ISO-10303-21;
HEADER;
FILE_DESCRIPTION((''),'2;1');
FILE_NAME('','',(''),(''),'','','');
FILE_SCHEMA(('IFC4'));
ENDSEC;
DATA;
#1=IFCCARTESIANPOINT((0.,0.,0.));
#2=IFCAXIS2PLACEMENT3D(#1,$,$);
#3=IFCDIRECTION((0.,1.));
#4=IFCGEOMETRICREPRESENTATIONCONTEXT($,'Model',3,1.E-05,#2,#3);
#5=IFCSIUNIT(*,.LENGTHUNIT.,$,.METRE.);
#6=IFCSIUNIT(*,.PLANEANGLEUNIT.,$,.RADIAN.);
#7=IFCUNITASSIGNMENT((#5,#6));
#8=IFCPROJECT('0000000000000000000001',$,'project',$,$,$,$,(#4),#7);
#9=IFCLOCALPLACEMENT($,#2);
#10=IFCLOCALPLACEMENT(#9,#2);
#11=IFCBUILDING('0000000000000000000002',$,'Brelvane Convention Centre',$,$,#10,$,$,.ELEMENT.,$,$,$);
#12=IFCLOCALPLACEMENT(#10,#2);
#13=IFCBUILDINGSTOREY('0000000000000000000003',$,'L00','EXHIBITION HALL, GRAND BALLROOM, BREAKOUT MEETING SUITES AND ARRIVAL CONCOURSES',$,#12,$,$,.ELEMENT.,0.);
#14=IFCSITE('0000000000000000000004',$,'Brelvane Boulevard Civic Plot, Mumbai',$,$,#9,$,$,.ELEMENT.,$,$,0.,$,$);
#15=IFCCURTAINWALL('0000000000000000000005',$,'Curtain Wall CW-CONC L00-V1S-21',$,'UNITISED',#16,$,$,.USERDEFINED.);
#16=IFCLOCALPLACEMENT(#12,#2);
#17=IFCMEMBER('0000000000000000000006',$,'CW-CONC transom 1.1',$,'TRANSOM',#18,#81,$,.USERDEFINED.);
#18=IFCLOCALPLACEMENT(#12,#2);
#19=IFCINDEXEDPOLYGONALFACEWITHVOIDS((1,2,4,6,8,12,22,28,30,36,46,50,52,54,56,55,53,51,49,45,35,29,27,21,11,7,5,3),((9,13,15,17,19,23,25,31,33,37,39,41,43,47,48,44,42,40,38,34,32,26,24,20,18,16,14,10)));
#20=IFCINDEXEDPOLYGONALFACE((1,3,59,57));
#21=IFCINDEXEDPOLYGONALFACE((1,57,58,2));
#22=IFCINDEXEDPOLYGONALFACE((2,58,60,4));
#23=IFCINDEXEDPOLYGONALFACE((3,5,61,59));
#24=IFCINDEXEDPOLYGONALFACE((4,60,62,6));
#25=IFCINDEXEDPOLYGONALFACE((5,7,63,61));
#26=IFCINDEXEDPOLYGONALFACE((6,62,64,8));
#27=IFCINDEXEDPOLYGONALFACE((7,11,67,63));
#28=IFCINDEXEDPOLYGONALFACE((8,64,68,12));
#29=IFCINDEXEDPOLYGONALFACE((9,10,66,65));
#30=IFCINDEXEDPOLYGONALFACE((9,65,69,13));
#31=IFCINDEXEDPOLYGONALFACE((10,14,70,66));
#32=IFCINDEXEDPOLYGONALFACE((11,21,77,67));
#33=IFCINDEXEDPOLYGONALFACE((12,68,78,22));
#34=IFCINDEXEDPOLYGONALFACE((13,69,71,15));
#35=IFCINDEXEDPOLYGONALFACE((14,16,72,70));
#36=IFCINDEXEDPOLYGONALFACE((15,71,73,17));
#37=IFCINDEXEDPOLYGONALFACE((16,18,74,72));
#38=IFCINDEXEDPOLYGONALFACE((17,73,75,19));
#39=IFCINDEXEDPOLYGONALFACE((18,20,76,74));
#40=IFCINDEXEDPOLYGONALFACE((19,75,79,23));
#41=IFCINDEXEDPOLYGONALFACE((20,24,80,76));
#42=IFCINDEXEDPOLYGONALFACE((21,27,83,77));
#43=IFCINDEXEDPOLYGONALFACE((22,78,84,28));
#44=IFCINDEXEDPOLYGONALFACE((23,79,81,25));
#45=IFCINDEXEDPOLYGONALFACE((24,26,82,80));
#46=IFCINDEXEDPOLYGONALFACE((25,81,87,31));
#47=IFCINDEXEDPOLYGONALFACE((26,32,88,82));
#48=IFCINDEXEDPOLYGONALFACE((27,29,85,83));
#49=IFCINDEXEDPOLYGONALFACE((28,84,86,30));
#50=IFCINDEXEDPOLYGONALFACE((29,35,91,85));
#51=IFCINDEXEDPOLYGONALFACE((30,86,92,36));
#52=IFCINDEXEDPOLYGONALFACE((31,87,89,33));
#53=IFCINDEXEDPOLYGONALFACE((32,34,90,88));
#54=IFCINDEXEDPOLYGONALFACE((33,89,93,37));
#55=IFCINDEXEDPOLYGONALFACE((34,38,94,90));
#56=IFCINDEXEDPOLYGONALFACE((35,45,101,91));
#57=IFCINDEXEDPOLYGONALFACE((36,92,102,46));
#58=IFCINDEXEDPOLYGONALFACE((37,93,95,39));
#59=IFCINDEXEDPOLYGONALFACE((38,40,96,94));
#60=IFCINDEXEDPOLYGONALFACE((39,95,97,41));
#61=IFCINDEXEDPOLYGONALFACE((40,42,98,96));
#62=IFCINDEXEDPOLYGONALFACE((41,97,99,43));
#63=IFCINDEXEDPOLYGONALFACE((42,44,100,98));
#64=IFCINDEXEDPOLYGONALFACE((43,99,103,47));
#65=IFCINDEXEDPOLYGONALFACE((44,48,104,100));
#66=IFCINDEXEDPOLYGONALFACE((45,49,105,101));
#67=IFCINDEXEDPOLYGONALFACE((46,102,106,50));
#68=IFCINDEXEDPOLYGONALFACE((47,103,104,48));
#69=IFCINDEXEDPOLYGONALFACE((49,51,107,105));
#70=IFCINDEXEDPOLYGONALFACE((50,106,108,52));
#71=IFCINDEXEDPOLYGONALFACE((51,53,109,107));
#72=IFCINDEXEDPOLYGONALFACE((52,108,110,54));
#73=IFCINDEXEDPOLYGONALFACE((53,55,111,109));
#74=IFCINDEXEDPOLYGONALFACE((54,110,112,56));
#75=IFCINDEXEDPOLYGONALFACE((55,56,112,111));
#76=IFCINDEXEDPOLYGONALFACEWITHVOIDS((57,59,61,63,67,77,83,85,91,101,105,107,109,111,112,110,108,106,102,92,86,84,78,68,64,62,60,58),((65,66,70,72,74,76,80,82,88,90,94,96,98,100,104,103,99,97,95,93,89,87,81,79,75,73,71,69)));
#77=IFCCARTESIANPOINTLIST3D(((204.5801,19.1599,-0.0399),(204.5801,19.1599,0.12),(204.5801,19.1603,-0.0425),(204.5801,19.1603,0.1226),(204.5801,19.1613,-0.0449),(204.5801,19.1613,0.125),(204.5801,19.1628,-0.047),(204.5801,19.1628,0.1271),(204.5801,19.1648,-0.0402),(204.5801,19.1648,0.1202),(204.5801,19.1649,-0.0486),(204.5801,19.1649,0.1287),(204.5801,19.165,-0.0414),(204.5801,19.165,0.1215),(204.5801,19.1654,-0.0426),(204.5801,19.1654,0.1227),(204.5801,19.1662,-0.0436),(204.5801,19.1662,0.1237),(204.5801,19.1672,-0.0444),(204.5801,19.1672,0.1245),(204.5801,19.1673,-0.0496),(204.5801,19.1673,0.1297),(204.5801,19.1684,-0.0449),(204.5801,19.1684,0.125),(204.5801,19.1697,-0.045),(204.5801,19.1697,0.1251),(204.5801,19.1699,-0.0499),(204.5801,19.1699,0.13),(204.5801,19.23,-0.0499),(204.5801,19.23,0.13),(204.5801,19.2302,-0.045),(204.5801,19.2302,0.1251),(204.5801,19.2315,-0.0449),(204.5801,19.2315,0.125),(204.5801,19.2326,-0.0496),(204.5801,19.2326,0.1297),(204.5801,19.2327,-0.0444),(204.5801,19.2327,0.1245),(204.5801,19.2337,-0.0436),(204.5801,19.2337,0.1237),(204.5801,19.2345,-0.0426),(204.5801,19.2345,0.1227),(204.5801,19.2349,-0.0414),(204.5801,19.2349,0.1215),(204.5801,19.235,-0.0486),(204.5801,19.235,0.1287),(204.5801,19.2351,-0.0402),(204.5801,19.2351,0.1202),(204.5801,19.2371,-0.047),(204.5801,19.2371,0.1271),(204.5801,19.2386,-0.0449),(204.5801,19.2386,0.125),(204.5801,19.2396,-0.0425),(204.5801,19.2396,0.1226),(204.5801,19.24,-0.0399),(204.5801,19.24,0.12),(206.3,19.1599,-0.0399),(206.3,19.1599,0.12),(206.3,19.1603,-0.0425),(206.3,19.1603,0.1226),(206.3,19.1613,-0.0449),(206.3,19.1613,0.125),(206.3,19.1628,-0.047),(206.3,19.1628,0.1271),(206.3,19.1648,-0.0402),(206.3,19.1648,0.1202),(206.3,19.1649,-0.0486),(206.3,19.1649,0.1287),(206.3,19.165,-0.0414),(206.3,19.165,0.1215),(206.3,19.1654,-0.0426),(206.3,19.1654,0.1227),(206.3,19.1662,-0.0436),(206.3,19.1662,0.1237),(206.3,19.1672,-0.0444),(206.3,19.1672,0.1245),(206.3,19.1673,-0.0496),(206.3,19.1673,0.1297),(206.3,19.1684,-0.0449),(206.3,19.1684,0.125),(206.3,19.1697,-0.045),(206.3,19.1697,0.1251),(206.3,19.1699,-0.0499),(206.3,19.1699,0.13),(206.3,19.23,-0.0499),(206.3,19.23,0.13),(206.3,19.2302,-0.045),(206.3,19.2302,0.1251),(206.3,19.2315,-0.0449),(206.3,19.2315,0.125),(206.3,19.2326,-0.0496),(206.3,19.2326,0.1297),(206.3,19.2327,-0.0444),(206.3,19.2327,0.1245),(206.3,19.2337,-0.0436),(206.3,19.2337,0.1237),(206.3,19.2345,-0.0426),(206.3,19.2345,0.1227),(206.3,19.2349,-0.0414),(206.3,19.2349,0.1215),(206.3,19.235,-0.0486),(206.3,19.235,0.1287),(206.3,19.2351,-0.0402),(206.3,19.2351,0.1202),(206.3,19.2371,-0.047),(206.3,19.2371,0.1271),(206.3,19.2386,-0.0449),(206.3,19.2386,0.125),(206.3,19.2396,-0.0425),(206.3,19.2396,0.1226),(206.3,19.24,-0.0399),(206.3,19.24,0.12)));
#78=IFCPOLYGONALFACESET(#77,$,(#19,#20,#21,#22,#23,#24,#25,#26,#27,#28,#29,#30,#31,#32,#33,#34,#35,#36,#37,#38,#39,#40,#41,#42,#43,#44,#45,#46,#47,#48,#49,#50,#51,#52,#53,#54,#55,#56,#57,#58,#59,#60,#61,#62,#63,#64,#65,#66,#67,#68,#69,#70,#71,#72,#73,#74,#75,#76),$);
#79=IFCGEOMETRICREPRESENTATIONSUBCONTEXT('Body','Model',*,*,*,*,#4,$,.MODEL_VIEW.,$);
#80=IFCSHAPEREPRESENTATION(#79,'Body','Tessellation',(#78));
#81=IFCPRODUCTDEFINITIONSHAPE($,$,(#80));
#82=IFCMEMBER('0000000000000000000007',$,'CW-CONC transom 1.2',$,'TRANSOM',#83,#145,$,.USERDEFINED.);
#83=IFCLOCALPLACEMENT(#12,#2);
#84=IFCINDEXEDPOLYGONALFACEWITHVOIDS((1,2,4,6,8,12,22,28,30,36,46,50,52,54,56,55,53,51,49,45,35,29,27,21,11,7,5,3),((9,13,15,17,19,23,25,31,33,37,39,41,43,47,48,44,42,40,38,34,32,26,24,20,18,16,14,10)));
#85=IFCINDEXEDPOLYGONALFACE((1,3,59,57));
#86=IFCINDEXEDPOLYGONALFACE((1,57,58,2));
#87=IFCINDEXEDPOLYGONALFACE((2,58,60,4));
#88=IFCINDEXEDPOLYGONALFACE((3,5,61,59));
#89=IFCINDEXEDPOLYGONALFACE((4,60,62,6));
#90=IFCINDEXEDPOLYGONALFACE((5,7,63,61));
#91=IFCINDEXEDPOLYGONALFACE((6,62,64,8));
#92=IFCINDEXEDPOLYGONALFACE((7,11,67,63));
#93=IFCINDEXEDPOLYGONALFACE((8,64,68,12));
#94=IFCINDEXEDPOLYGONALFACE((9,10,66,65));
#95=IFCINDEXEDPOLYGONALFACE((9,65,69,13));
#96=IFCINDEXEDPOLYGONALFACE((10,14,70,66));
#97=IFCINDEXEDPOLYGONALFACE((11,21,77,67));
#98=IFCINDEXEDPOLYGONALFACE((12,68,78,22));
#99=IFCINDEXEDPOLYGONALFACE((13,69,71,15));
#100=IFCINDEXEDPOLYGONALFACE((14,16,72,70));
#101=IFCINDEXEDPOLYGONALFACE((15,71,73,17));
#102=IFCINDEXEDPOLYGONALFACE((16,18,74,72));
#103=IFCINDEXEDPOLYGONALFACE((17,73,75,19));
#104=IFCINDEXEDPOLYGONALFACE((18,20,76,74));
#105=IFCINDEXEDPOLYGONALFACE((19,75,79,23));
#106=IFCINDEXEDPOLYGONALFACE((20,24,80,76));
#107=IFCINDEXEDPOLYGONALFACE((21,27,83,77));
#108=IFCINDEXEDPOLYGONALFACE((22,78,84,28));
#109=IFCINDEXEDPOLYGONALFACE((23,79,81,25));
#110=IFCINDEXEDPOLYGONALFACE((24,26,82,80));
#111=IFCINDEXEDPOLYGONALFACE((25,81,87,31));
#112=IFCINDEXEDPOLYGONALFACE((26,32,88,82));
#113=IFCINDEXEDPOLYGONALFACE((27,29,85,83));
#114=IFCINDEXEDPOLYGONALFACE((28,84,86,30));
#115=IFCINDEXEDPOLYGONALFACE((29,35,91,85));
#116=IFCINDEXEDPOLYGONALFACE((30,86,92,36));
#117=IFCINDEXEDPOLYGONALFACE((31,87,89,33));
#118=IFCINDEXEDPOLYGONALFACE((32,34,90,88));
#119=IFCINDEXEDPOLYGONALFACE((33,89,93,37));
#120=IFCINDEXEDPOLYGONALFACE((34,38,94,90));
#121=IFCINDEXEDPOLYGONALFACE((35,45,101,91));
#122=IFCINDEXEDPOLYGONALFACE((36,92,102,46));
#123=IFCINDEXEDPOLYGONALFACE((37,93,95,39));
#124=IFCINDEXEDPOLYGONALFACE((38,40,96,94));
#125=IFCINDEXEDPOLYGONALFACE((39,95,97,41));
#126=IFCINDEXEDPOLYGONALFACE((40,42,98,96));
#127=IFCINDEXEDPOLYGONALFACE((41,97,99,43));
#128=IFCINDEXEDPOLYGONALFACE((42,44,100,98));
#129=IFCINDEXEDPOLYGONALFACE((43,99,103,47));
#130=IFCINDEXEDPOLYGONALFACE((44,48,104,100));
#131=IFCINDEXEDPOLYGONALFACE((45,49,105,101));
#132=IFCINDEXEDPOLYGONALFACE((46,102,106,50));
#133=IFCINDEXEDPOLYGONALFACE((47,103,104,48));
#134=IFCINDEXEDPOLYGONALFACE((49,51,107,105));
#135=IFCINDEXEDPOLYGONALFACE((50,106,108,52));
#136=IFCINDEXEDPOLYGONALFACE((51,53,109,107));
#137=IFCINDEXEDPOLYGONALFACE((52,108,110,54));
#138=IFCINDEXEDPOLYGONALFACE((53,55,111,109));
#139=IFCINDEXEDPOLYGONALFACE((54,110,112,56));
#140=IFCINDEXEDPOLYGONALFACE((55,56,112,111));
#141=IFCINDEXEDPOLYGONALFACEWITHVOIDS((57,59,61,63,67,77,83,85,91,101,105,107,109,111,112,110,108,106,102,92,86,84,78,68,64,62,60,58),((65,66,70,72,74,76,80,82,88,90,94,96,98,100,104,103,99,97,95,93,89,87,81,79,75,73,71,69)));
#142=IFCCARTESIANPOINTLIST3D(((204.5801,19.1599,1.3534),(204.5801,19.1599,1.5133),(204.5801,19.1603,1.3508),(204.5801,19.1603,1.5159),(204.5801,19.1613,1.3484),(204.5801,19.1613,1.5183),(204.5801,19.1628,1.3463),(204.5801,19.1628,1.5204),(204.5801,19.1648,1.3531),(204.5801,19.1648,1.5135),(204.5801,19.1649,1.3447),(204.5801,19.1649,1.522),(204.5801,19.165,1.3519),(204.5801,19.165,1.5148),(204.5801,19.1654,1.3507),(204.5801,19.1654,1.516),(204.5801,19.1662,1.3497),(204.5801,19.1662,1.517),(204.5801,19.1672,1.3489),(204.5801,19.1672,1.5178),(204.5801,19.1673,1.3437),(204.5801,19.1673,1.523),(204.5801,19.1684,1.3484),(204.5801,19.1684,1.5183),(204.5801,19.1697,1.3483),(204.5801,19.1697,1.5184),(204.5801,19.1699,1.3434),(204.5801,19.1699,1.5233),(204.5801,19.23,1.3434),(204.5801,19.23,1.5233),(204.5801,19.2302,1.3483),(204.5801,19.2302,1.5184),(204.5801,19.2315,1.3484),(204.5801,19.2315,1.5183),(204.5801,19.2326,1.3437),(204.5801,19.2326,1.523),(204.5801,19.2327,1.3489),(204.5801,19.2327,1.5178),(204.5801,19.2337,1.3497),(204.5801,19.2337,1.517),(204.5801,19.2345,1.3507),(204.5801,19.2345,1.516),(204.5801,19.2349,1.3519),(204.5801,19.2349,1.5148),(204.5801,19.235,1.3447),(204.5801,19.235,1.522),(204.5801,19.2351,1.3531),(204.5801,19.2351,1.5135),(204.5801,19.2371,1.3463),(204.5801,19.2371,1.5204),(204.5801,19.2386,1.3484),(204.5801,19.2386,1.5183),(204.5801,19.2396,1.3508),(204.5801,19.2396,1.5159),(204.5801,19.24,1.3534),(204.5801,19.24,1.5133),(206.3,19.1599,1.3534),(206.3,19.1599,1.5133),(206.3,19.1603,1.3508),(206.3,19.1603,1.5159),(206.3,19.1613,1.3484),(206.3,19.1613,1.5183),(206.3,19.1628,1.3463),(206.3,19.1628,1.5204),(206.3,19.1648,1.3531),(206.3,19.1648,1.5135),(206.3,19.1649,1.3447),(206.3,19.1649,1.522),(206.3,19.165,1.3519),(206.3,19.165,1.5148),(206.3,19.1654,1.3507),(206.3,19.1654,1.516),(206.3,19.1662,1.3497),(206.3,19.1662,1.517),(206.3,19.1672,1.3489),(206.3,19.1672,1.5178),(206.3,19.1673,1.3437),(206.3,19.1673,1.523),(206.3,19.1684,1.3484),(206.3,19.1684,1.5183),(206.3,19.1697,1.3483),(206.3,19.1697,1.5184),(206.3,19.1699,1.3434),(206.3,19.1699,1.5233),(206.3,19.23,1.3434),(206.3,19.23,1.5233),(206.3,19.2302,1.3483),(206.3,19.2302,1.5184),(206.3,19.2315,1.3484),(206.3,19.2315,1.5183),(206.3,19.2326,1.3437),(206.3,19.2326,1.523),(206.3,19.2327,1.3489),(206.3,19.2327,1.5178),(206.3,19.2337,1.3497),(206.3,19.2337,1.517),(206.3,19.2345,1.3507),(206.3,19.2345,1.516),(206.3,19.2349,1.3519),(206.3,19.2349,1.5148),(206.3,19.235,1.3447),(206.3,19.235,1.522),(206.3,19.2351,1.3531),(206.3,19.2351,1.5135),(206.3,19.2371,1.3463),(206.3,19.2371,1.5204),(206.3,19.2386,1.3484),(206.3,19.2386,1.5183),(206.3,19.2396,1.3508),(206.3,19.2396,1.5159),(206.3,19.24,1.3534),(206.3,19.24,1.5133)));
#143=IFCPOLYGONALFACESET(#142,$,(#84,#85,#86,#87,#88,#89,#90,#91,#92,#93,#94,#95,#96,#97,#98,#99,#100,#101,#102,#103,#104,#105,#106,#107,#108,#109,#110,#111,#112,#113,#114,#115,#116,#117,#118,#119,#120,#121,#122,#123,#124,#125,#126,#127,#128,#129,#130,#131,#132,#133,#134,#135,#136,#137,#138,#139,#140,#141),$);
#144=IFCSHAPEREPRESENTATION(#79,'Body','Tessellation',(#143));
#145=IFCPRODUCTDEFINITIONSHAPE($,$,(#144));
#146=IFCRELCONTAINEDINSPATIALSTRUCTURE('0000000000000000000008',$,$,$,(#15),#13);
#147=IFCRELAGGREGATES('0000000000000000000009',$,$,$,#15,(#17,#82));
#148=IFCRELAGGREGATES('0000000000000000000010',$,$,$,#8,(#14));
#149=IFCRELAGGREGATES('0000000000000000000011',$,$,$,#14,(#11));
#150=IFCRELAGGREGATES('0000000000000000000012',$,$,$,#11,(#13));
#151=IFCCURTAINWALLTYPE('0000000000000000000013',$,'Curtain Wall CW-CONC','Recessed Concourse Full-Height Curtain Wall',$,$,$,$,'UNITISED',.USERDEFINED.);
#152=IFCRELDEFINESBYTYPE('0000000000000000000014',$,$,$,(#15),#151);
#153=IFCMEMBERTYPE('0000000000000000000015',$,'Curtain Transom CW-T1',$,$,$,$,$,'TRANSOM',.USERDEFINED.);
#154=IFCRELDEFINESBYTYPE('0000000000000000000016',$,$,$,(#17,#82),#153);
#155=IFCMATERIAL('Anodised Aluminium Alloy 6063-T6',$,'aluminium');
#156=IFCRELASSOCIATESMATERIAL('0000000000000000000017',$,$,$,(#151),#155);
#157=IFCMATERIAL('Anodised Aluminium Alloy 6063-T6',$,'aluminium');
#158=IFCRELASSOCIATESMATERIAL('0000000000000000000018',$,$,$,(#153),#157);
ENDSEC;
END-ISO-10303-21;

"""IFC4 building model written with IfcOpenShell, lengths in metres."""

from ifc_helpers import new_model, si_unit, direction, frame, origin, origin_2d, place, context, subcontext, project, spatial, hollow_rectangle, extrude, material, material_profile, profile_set, type_object, element, aggregate, save


model = new_model("IFC4")

# Units and contexts
model_context = context("Model", 3, precision=1e-05, world=origin(), true_north=direction((0.0, 1.0)))
body_context = subcontext(model_context, "Body", "Model", "MODEL_VIEW")
ifc_project = project(units=[si_unit("LENGTHUNIT", "METRE"), si_unit("PLANEANGLEUNIT", "RADIAN")], contexts=[model_context])

# Site, building, storey
site_placement = place(None, origin())
site = spatial("IfcSite", under=ifc_project, at=site_placement, Name="Brelvane Boulevard Civic Plot, Mumbai", CompositionType="ELEMENT", RefElevation=0.0)
building_placement = place(site_placement, origin())
building = spatial("IfcBuilding", under=site, at=building_placement, Name="Brelvane Convention Centre", CompositionType="ELEMENT")
storey_placement = place(building_placement, origin())
storey = spatial("IfcBuildingStorey", under=building, at=storey_placement, Name="L00", Description="EXHIBITION HALL, GRAND BALLROOM, BREAKOUT MEETING SUITES AND ARRIVAL CONCOURSES", CompositionType="ELEMENT", Elevation=0.0)

# Curtain wall, members
ifc_material_1 = material(Name="Anodised Aluminium Alloy 6063-T6", Category="aluminium")
curtain_wall_type = type_object("IfcCurtainWallType", Name="Curtain Wall CW-CONC", Description="Recessed Concourse Full-Height Curtain Wall", ElementType="UNITISED", PredefinedType="USERDEFINED", material=ifc_material_1)
curtain_wall_placement = place(storey_placement, origin())
curtain_wall = element("IfcCurtainWall", 1, at=curtain_wall_placement, inside=storey, type_object=curtain_wall_type, Name="Curtain Wall CW-CONC L00-V1S-21", ObjectType="UNITISED", PredefinedType="USERDEFINED")
ifc_material_2 = material(Name="Anodised Aluminium Alloy 6063-T6", Category="aluminium")
ifc_material_profile_1 = material_profile(ifc_material_2, hollow_rectangle(XDim=0.0801, YDim=0.1799, WallThickness=0.0049, InnerFilletRadius=0.0049, OuterFilletRadius=0.01, at=origin_2d()), Name="ALU-T 180x80x5.0")
ifc_profile_set_1 = profile_set([ifc_material_profile_1], Name="Anodised Aluminium Alloy 6063-T6")
member_type_1 = type_object("IfcMemberType", Name="Curtain Transom CW-T1", ElementType="TRANSOM", PredefinedType="USERDEFINED", material=ifc_profile_set_1)
member_1_placement = place(storey_placement, frame((204.5801, 19.2, 0.04), z_axis=(1.0, 0.0, 0.0), x_axis=(0.0, 1.0, 0.0)))
member_1 = element("IfcMember", 2, at=member_1_placement, type_object=member_type_1, Name="CW-CONC transom 1.1", ObjectType="TRANSOM", PredefinedType="USERDEFINED", context=body_context, shape_type="SweptSolid", body=[
    extrude(hollow_rectangle(XDim=0.0801, YDim=0.1799, WallThickness=0.0049, InnerFilletRadius=0.0049, OuterFilletRadius=0.01, at=origin_2d()), origin(), (0.0, 0.0, 1.0), 1.72),
])
member_2_placement = place(storey_placement, frame((204.5801, 19.2, 1.4333), z_axis=(1.0, 0.0, 0.0), x_axis=(0.0, 1.0, 0.0)))
member_2 = element("IfcMember", 3, at=member_2_placement, type_object=member_type_1, Name="CW-CONC transom 1.2", ObjectType="TRANSOM", PredefinedType="USERDEFINED", context=body_context, shape_type="SweptSolid", body=[
    extrude(hollow_rectangle(XDim=0.0801, YDim=0.1799, WallThickness=0.0049, InnerFilletRadius=0.0049, OuterFilletRadius=0.01, at=origin_2d()), origin(), (0.0, 0.0, 1.0), 1.72),
])

aggregate(curtain_wall, [member_1, member_2])

save(model, "model.ifc")
